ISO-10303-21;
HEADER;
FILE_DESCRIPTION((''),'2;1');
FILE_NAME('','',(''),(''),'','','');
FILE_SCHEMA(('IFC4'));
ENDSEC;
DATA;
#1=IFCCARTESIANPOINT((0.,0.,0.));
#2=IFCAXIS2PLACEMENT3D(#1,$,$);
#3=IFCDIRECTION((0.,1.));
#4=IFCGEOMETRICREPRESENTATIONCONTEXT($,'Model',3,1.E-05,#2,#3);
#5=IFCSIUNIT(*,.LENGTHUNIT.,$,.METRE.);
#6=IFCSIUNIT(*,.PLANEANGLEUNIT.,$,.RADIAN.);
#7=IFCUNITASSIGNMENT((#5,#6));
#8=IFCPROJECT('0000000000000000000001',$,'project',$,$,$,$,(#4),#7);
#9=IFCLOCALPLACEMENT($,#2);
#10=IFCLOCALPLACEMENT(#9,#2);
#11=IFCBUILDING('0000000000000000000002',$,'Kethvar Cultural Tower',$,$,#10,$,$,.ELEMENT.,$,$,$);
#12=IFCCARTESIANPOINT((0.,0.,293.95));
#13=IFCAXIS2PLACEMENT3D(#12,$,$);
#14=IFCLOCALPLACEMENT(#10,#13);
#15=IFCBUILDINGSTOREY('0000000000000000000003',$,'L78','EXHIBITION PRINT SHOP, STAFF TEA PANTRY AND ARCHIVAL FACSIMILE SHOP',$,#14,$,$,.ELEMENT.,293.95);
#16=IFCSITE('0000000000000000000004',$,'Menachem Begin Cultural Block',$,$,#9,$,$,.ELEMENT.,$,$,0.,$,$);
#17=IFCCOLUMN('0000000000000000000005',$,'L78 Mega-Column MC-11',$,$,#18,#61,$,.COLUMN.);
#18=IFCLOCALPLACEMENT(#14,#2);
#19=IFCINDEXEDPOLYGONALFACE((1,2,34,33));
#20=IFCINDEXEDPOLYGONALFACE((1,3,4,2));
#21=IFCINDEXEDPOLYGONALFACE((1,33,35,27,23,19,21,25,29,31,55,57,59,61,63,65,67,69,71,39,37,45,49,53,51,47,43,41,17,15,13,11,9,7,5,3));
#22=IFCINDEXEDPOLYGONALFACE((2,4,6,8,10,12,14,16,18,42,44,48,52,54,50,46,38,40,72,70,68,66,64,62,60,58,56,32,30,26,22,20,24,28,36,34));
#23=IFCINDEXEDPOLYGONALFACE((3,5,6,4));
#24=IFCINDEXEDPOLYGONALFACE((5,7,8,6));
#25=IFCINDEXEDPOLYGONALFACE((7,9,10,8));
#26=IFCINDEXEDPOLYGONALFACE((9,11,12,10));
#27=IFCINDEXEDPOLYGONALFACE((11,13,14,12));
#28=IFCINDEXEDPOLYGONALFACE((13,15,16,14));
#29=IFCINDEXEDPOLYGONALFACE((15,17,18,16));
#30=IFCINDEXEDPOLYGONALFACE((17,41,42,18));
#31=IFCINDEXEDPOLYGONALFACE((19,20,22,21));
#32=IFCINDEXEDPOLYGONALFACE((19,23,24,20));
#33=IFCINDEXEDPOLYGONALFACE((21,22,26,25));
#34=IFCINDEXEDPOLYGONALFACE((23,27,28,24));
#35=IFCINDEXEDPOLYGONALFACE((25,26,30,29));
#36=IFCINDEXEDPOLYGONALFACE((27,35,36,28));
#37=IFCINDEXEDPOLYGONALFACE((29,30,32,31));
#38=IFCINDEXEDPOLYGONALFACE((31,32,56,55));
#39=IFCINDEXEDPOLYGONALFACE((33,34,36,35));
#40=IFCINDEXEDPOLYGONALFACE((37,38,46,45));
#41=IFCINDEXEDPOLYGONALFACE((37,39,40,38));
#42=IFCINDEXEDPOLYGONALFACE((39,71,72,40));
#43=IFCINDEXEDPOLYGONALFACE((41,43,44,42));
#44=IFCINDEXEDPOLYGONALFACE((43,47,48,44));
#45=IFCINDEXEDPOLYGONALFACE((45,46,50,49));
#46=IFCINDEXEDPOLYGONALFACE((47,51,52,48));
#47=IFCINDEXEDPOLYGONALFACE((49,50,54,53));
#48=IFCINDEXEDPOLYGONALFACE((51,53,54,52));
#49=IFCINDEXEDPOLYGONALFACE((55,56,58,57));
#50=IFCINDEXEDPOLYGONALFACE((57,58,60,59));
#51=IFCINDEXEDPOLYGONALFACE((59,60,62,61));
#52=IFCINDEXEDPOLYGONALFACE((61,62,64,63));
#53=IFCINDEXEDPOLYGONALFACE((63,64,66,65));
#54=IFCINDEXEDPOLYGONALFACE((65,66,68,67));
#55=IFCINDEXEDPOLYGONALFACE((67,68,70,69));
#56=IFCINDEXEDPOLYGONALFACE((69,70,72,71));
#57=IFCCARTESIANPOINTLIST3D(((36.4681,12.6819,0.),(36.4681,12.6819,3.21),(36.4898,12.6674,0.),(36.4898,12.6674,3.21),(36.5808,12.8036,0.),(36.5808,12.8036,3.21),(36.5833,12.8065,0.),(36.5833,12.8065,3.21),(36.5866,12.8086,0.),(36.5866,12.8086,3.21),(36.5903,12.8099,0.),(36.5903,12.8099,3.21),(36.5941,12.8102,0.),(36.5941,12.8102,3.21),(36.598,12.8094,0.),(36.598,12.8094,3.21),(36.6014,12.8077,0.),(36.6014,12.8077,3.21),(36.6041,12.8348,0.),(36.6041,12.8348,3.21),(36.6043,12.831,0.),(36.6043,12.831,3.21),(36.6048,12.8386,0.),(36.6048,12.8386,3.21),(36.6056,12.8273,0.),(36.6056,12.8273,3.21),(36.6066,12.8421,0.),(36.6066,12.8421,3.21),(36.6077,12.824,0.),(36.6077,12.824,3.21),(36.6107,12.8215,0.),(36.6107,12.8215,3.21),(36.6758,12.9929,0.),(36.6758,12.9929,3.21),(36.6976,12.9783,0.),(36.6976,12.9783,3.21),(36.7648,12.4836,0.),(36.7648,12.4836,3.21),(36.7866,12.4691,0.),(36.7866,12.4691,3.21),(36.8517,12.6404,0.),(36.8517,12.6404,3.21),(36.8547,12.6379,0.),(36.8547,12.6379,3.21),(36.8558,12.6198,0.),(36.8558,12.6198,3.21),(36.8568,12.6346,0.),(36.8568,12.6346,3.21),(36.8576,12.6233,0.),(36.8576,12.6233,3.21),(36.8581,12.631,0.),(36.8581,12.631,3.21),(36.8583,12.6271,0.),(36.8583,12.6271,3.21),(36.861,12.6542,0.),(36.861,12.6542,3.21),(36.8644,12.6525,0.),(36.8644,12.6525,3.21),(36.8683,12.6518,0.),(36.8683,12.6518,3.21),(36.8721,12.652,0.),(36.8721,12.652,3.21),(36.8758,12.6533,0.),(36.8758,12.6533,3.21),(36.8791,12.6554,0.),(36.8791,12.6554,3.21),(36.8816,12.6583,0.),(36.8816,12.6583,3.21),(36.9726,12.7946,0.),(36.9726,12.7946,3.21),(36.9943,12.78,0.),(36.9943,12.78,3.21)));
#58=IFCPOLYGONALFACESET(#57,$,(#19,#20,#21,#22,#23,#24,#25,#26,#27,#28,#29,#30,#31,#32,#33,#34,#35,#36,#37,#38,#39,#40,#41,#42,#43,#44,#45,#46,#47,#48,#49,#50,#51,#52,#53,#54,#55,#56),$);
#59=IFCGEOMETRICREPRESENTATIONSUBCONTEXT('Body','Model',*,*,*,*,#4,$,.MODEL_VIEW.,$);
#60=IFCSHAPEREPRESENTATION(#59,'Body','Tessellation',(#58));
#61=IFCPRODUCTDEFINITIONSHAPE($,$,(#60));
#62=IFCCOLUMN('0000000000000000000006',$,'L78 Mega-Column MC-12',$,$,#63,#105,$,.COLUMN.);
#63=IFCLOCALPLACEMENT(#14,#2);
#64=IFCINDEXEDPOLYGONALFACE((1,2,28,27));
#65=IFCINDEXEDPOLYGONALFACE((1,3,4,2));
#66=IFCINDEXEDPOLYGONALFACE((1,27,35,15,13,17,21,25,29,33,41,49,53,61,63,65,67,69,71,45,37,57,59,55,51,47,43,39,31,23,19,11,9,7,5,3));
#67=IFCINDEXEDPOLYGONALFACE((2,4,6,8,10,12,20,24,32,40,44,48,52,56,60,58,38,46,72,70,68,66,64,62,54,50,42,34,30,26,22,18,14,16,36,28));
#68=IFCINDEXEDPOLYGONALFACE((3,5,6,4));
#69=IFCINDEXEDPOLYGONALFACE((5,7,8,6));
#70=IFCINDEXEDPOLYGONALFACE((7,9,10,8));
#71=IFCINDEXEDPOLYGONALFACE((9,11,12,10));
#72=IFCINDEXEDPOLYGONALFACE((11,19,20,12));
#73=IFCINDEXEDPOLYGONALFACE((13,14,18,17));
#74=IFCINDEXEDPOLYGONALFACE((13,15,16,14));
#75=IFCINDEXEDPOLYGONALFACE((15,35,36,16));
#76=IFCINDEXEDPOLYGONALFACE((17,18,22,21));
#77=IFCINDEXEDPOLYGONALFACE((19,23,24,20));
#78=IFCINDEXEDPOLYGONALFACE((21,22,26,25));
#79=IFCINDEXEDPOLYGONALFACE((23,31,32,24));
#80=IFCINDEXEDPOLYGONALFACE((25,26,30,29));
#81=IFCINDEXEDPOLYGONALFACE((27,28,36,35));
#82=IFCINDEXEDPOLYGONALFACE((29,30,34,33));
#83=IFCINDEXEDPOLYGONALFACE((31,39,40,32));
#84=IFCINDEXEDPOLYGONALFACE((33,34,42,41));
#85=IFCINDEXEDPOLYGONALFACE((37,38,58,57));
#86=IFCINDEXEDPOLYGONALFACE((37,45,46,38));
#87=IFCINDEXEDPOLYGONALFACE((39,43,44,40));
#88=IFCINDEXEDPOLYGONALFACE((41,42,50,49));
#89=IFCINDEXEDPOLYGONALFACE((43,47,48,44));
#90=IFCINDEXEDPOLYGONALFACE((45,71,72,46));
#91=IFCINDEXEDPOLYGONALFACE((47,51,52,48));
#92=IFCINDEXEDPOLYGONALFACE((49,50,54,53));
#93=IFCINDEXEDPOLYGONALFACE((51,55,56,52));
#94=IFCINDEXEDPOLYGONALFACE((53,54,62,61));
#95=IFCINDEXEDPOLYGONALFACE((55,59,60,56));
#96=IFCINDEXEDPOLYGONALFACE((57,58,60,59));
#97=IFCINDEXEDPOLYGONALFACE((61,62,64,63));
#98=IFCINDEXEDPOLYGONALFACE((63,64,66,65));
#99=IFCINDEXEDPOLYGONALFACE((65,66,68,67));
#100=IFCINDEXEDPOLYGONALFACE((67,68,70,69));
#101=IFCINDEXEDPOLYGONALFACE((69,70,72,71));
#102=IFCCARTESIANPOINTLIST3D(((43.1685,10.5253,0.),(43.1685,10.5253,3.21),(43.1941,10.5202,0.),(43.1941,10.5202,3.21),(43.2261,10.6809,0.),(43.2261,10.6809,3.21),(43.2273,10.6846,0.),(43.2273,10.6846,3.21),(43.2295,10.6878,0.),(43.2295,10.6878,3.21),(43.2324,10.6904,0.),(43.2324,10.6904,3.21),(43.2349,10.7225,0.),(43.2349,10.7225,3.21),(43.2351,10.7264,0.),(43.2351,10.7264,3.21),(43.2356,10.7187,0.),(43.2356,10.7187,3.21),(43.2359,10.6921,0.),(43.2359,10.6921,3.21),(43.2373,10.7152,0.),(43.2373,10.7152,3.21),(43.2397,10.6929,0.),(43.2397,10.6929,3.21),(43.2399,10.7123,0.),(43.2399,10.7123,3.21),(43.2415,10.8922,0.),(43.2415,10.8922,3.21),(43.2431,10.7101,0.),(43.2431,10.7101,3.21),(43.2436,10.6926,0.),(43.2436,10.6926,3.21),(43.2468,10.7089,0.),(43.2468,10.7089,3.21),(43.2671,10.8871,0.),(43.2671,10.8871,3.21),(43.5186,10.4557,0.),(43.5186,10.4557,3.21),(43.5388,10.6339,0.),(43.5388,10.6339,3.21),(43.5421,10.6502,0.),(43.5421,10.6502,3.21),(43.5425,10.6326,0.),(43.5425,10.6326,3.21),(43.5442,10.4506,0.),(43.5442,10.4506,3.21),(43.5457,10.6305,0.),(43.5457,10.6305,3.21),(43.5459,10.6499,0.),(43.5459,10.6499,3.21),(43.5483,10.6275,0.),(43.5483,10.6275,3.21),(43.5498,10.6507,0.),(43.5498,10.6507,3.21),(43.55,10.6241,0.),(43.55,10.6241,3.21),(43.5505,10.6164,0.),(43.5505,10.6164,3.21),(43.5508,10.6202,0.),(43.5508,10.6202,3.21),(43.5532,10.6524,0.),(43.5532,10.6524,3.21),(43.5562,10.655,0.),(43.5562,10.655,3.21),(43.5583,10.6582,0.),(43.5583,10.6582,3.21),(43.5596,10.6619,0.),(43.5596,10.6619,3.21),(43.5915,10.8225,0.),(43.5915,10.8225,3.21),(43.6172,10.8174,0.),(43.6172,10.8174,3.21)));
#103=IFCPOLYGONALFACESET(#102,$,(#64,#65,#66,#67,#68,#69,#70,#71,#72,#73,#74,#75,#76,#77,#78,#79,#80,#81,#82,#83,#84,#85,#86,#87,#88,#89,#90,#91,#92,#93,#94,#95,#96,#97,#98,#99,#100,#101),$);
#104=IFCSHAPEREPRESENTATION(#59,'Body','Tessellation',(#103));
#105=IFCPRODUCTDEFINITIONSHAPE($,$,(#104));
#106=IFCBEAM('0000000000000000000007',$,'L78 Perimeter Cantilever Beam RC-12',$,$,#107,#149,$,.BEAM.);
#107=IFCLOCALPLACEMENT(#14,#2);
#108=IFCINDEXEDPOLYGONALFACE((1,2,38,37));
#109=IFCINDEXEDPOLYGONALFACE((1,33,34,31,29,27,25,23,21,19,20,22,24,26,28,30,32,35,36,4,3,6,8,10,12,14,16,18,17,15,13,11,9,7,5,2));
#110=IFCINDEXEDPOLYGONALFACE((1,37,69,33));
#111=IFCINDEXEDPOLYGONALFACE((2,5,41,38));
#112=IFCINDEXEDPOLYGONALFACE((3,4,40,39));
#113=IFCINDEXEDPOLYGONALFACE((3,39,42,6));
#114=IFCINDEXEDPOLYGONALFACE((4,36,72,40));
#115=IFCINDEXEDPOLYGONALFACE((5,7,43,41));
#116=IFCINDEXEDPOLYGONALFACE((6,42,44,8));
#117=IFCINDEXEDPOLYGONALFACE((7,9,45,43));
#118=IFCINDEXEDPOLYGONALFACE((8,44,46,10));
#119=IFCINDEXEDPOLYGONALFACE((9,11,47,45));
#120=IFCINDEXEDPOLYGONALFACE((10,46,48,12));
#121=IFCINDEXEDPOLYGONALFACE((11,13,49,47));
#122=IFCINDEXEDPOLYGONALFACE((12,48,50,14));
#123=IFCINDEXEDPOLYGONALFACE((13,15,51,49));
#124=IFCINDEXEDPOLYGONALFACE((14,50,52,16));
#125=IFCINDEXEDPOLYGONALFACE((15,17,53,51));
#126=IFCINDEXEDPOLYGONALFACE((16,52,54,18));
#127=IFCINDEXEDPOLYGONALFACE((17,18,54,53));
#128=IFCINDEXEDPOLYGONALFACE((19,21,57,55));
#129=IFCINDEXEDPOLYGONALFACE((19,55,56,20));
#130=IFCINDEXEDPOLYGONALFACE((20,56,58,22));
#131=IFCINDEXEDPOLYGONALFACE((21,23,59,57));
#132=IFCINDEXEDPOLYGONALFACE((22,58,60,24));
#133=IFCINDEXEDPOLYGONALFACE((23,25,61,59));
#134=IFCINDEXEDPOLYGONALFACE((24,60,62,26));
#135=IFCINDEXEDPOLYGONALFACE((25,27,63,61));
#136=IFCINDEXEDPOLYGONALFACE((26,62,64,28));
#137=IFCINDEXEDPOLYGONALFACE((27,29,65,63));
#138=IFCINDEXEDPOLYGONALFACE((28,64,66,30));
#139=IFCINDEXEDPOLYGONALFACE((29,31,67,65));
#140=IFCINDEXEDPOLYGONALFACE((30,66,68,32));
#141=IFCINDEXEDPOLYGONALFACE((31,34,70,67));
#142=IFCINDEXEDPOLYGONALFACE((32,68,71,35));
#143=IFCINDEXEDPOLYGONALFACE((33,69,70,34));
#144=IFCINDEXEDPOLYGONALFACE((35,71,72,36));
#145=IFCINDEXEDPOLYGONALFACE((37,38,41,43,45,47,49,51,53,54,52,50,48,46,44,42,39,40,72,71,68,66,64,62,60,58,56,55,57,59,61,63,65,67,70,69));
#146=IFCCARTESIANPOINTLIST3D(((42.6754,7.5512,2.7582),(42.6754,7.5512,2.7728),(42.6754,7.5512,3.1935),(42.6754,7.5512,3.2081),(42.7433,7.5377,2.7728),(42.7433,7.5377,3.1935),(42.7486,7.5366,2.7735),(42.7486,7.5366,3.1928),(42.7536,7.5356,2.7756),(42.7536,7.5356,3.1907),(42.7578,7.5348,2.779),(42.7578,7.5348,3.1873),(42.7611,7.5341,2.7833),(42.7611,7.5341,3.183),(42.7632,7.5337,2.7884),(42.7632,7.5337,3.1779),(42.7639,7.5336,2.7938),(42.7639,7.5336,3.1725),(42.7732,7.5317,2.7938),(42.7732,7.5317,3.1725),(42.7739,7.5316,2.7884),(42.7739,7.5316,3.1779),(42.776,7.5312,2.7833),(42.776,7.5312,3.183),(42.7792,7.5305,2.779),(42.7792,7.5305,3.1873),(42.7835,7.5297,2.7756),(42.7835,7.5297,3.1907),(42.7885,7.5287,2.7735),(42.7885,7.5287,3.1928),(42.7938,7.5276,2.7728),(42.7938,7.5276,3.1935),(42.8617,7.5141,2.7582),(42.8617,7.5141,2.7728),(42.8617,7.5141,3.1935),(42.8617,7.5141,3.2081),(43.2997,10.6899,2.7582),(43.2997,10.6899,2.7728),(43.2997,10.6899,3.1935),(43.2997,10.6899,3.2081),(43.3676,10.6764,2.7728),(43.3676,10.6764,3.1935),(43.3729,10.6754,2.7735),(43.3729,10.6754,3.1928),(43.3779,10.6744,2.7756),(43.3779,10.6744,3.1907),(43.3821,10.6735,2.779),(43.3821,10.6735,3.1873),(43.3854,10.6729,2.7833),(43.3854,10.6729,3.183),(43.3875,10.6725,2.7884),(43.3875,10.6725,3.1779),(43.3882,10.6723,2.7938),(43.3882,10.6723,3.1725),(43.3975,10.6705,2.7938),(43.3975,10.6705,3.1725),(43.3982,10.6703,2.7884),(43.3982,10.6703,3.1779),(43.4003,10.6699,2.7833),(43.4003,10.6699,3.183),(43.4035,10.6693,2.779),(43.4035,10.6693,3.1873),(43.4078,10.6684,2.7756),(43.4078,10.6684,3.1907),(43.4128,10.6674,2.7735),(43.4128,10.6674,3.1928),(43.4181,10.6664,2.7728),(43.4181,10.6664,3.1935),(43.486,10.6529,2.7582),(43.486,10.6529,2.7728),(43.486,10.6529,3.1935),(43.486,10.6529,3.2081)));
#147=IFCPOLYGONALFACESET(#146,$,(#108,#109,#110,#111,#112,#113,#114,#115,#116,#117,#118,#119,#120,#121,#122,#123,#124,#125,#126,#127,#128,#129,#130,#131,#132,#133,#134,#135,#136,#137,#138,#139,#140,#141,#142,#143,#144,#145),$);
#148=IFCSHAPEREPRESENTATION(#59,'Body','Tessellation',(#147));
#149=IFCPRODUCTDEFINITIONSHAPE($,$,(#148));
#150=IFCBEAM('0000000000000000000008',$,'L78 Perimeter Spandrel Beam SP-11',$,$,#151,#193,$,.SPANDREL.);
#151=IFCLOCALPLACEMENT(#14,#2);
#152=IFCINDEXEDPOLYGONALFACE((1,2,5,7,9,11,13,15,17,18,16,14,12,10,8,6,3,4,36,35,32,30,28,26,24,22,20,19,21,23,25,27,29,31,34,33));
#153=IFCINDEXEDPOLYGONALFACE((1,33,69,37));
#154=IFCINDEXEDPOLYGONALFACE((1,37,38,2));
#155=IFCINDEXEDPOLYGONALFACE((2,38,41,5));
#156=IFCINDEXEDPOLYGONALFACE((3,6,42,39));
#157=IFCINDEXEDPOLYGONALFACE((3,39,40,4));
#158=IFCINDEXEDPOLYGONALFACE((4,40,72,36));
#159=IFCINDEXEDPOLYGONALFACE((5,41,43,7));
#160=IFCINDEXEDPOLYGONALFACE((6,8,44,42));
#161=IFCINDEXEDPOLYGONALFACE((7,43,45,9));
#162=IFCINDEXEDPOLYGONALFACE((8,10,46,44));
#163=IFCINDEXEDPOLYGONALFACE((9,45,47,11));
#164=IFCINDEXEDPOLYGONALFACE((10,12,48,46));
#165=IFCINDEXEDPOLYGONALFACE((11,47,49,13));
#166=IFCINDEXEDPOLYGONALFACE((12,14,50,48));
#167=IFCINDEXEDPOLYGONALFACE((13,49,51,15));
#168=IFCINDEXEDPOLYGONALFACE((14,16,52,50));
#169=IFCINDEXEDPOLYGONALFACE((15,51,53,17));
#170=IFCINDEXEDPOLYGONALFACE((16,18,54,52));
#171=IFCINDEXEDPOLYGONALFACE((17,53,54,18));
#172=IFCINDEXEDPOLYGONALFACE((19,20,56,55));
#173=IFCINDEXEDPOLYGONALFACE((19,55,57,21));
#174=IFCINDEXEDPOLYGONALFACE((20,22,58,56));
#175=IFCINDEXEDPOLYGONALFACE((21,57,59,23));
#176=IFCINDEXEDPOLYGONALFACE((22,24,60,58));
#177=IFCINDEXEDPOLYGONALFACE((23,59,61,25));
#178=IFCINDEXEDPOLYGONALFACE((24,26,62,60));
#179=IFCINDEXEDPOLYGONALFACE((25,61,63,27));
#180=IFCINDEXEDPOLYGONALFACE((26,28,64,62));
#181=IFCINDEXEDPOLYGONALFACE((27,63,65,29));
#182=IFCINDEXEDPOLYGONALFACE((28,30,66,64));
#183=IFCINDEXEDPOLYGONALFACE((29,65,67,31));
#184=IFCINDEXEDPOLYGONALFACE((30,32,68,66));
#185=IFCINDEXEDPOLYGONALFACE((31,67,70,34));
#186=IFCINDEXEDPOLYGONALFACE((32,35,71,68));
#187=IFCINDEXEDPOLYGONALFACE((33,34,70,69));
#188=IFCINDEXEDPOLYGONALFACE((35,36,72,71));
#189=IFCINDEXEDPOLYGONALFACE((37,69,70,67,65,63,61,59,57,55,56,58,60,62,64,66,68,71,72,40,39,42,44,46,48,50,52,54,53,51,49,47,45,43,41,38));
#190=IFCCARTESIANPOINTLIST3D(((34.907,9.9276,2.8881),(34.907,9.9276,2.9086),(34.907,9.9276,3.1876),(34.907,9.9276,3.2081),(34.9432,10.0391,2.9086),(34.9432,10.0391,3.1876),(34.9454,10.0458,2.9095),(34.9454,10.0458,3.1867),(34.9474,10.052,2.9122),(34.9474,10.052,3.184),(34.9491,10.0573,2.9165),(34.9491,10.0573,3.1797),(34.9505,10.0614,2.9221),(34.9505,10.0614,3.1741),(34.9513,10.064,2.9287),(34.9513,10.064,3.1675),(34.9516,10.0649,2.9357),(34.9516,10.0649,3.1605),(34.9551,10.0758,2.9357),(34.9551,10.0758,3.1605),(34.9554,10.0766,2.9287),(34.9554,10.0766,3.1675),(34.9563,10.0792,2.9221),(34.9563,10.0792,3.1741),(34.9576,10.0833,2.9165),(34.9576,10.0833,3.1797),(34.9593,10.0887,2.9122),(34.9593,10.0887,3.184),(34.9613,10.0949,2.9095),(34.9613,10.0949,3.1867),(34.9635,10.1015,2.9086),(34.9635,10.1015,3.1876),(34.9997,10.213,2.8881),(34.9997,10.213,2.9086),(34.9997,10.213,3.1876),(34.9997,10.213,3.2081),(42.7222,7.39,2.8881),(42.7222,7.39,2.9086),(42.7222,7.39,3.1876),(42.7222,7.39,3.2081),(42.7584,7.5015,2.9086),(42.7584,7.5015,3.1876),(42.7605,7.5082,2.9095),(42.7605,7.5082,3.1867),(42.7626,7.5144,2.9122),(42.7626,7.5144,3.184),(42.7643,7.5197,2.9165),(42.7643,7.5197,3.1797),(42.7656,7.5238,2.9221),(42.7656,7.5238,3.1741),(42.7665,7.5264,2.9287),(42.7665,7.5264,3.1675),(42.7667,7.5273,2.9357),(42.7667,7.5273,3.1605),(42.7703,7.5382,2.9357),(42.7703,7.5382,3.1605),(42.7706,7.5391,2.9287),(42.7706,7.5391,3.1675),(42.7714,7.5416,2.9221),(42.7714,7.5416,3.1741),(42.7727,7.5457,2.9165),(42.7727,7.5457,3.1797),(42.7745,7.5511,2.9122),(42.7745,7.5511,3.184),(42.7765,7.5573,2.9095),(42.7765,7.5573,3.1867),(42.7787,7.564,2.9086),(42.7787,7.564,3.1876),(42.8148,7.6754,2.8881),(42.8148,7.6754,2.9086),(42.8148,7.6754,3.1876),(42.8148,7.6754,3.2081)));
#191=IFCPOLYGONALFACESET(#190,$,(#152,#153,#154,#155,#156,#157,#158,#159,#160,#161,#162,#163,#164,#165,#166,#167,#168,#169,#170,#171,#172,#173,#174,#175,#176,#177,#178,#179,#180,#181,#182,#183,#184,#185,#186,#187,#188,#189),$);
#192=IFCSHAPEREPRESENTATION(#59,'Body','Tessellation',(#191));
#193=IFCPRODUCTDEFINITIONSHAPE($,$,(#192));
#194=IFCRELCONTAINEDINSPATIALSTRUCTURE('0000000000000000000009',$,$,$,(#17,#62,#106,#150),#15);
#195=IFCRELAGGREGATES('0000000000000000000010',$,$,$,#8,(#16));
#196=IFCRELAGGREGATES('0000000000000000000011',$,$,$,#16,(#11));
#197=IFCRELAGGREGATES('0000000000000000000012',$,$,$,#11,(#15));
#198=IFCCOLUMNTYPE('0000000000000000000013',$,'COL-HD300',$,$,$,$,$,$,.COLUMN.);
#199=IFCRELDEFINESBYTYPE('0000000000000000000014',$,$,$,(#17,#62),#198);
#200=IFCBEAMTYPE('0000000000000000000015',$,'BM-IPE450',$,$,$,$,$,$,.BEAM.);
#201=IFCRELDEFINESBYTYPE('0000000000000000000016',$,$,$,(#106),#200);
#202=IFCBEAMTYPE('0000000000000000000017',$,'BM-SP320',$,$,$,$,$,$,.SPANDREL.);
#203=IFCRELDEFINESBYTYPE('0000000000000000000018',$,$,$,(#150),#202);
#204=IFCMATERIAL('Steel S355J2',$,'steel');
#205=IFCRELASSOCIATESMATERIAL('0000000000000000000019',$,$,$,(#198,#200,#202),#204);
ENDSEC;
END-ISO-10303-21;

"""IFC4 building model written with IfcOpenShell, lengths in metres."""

from ifc_helpers import new_model, si_unit, direction, frame, origin, origin_2d, place, context, subcontext, project, spatial, i_section, extrude, source, transform, mapped, material, material_profile, profile_set, type_object, element, save


model = new_model("IFC4")

# Units and contexts
model_context = context("Model", 3, precision=1e-05, world=origin(), true_north=direction((0.0, 1.0)))
body_context = subcontext(model_context, "Body", "Model", "MODEL_VIEW")
ifc_project = project(units=[si_unit("LENGTHUNIT", "METRE"), si_unit("PLANEANGLEUNIT", "RADIAN")], contexts=[model_context])

# Site, building, storey
site_placement = place(None, origin())
site = spatial("IfcSite", under=ifc_project, at=site_placement, Name="Menachem Begin Cultural Block", CompositionType="ELEMENT", RefElevation=0.0)
building_placement = place(site_placement, origin())
building = spatial("IfcBuilding", under=site, at=building_placement, Name="Kethvar Cultural Tower", CompositionType="ELEMENT")
storey_placement = place(building_placement, frame((0.0, 0.0, 293.95)))
storey = spatial("IfcBuildingStorey", under=building, at=storey_placement, Name="L78", Description="EXHIBITION PRINT SHOP, STAFF TEA PANTRY AND ARCHIVAL FACSIMILE SHOP", CompositionType="ELEMENT", Elevation=293.95)

# Columns
ifc_material_1 = material(Name="Steel S355J2", Category="steel")
ifc_material_profile_1 = material_profile(ifc_material_1, i_section(OverallWidth=0.374, OverallDepth=0.3831, WebThickness=0.0166, FlangeThickness=0.0261, FilletRadius=0.0149, at=origin_2d()), Name="Steel S355J2 — HD360x300")
ifc_profile_set_1 = profile_set([ifc_material_profile_1], Name="Steel S355J2 — HD360x300")
column_type = type_object("IfcColumnType", Name="COL-HD300", PredefinedType="COLUMN", material=ifc_profile_set_1)
shared_shape_1 = source(origin(), body_context, "Body", "SweptSolid", [
    extrude(i_section(OverallWidth=0.374, OverallDepth=0.3831, WebThickness=0.0166, FlangeThickness=0.0261, FilletRadius=0.0149, at=origin_2d()), origin(), (0.0, 0.0, 1.0), 3.21),
])
for number, where, z_axis, x_axis, name in (
    (1, (36.7312, 12.731, 0.0), (0.0, 0.0, 1.0), (-0.55557, -0.83147, 0.0), "L78 Mega-Column MC-11"),
    (2, (43.3928, 10.6714, 0.0), (0.0, 0.0, 1.0), (-0.19509, -0.980785, 0.0), "L78 Mega-Column MC-12"),
):
    element("IfcColumn", number, at=place(storey_placement, frame(where, z_axis=z_axis, x_axis=x_axis)), inside=storey, type_object=column_type, Name=name, PredefinedType="COLUMN", context=body_context, shape_type="MappedRepresentation", body=[
        mapped(shared_shape_1, transform((0.0, 0.0, 0.0), scale=1.0)),
    ])

# Beams
ifc_material_profile_2 = material_profile(ifc_material_1, i_section(OverallWidth=0.1899, OverallDepth=0.45, WebThickness=0.0095, FlangeThickness=0.0146, FilletRadius=0.021, at=origin_2d()), Name="Steel S355J2 — IPE450")
ifc_profile_set_2 = profile_set([ifc_material_profile_2], Name="Steel S355J2 — IPE450")
beam_type_1 = type_object("IfcBeamType", Name="BM-IPE450", PredefinedType="BEAM", material=ifc_profile_set_2)
shared_shape_2 = source(origin(), body_context, "Body", "SweptSolid", [
    extrude(i_section(OverallWidth=0.1899, OverallDepth=0.45, WebThickness=0.0095, FlangeThickness=0.0146, FilletRadius=0.021, at=origin_2d()), origin(), (0.0, 0.0, 1.0), 3.2002),
])
beam_1_placement = place(storey_placement, frame((43.3928, 10.6714, 2.9832), z_axis=(-0.195074, -0.980788, 0.0), x_axis=(0.980788, -0.195074, 0.0)))
element("IfcBeam", 3, at=beam_1_placement, inside=storey, type_object=beam_type_1, Name="L78 Perimeter Cantilever Beam RC-12", PredefinedType="BEAM", context=body_context, shape_type="MappedRepresentation", body=[
    mapped(shared_shape_2, transform((0.0, 0.0, 0.0), scale=1.0)),
])
ifc_material_profile_3 = material_profile(ifc_material_1, i_section(OverallWidth=0.3, OverallDepth=0.3201, WebThickness=0.0115, FlangeThickness=0.0205, FilletRadius=0.0271, at=origin_2d()), Name="Steel S355J2 — HEB320")
ifc_profile_set_3 = profile_set([ifc_material_profile_3], Name="Steel S355J2 — HEB320")
beam_type_2 = type_object("IfcBeamType", Name="BM-SP320", PredefinedType="SPANDREL", material=ifc_profile_set_3)
shared_shape_3 = source(origin(), body_context, "Body", "SweptSolid", [
    extrude(i_section(OverallWidth=0.3, OverallDepth=0.3201, WebThickness=0.0115, FlangeThickness=0.0205, FilletRadius=0.0271, at=origin_2d()), origin(), (0.0, 0.0, 1.0), 8.2168),
])
beam_2_placement = place(storey_placement, frame((34.9534, 10.0703, 3.0481), z_axis=(0.951118, -0.308829, 0.0), x_axis=(0.308829, 0.951118, 0.0)))
element("IfcBeam", 4, at=beam_2_placement, inside=storey, type_object=beam_type_2, Name="L78 Perimeter Spandrel Beam SP-11", PredefinedType="SPANDREL", context=body_context, shape_type="MappedRepresentation", body=[
    mapped(shared_shape_3, transform((0.0, 0.0, 0.0), scale=1.0)),
])

save(model, "model.ifc")
